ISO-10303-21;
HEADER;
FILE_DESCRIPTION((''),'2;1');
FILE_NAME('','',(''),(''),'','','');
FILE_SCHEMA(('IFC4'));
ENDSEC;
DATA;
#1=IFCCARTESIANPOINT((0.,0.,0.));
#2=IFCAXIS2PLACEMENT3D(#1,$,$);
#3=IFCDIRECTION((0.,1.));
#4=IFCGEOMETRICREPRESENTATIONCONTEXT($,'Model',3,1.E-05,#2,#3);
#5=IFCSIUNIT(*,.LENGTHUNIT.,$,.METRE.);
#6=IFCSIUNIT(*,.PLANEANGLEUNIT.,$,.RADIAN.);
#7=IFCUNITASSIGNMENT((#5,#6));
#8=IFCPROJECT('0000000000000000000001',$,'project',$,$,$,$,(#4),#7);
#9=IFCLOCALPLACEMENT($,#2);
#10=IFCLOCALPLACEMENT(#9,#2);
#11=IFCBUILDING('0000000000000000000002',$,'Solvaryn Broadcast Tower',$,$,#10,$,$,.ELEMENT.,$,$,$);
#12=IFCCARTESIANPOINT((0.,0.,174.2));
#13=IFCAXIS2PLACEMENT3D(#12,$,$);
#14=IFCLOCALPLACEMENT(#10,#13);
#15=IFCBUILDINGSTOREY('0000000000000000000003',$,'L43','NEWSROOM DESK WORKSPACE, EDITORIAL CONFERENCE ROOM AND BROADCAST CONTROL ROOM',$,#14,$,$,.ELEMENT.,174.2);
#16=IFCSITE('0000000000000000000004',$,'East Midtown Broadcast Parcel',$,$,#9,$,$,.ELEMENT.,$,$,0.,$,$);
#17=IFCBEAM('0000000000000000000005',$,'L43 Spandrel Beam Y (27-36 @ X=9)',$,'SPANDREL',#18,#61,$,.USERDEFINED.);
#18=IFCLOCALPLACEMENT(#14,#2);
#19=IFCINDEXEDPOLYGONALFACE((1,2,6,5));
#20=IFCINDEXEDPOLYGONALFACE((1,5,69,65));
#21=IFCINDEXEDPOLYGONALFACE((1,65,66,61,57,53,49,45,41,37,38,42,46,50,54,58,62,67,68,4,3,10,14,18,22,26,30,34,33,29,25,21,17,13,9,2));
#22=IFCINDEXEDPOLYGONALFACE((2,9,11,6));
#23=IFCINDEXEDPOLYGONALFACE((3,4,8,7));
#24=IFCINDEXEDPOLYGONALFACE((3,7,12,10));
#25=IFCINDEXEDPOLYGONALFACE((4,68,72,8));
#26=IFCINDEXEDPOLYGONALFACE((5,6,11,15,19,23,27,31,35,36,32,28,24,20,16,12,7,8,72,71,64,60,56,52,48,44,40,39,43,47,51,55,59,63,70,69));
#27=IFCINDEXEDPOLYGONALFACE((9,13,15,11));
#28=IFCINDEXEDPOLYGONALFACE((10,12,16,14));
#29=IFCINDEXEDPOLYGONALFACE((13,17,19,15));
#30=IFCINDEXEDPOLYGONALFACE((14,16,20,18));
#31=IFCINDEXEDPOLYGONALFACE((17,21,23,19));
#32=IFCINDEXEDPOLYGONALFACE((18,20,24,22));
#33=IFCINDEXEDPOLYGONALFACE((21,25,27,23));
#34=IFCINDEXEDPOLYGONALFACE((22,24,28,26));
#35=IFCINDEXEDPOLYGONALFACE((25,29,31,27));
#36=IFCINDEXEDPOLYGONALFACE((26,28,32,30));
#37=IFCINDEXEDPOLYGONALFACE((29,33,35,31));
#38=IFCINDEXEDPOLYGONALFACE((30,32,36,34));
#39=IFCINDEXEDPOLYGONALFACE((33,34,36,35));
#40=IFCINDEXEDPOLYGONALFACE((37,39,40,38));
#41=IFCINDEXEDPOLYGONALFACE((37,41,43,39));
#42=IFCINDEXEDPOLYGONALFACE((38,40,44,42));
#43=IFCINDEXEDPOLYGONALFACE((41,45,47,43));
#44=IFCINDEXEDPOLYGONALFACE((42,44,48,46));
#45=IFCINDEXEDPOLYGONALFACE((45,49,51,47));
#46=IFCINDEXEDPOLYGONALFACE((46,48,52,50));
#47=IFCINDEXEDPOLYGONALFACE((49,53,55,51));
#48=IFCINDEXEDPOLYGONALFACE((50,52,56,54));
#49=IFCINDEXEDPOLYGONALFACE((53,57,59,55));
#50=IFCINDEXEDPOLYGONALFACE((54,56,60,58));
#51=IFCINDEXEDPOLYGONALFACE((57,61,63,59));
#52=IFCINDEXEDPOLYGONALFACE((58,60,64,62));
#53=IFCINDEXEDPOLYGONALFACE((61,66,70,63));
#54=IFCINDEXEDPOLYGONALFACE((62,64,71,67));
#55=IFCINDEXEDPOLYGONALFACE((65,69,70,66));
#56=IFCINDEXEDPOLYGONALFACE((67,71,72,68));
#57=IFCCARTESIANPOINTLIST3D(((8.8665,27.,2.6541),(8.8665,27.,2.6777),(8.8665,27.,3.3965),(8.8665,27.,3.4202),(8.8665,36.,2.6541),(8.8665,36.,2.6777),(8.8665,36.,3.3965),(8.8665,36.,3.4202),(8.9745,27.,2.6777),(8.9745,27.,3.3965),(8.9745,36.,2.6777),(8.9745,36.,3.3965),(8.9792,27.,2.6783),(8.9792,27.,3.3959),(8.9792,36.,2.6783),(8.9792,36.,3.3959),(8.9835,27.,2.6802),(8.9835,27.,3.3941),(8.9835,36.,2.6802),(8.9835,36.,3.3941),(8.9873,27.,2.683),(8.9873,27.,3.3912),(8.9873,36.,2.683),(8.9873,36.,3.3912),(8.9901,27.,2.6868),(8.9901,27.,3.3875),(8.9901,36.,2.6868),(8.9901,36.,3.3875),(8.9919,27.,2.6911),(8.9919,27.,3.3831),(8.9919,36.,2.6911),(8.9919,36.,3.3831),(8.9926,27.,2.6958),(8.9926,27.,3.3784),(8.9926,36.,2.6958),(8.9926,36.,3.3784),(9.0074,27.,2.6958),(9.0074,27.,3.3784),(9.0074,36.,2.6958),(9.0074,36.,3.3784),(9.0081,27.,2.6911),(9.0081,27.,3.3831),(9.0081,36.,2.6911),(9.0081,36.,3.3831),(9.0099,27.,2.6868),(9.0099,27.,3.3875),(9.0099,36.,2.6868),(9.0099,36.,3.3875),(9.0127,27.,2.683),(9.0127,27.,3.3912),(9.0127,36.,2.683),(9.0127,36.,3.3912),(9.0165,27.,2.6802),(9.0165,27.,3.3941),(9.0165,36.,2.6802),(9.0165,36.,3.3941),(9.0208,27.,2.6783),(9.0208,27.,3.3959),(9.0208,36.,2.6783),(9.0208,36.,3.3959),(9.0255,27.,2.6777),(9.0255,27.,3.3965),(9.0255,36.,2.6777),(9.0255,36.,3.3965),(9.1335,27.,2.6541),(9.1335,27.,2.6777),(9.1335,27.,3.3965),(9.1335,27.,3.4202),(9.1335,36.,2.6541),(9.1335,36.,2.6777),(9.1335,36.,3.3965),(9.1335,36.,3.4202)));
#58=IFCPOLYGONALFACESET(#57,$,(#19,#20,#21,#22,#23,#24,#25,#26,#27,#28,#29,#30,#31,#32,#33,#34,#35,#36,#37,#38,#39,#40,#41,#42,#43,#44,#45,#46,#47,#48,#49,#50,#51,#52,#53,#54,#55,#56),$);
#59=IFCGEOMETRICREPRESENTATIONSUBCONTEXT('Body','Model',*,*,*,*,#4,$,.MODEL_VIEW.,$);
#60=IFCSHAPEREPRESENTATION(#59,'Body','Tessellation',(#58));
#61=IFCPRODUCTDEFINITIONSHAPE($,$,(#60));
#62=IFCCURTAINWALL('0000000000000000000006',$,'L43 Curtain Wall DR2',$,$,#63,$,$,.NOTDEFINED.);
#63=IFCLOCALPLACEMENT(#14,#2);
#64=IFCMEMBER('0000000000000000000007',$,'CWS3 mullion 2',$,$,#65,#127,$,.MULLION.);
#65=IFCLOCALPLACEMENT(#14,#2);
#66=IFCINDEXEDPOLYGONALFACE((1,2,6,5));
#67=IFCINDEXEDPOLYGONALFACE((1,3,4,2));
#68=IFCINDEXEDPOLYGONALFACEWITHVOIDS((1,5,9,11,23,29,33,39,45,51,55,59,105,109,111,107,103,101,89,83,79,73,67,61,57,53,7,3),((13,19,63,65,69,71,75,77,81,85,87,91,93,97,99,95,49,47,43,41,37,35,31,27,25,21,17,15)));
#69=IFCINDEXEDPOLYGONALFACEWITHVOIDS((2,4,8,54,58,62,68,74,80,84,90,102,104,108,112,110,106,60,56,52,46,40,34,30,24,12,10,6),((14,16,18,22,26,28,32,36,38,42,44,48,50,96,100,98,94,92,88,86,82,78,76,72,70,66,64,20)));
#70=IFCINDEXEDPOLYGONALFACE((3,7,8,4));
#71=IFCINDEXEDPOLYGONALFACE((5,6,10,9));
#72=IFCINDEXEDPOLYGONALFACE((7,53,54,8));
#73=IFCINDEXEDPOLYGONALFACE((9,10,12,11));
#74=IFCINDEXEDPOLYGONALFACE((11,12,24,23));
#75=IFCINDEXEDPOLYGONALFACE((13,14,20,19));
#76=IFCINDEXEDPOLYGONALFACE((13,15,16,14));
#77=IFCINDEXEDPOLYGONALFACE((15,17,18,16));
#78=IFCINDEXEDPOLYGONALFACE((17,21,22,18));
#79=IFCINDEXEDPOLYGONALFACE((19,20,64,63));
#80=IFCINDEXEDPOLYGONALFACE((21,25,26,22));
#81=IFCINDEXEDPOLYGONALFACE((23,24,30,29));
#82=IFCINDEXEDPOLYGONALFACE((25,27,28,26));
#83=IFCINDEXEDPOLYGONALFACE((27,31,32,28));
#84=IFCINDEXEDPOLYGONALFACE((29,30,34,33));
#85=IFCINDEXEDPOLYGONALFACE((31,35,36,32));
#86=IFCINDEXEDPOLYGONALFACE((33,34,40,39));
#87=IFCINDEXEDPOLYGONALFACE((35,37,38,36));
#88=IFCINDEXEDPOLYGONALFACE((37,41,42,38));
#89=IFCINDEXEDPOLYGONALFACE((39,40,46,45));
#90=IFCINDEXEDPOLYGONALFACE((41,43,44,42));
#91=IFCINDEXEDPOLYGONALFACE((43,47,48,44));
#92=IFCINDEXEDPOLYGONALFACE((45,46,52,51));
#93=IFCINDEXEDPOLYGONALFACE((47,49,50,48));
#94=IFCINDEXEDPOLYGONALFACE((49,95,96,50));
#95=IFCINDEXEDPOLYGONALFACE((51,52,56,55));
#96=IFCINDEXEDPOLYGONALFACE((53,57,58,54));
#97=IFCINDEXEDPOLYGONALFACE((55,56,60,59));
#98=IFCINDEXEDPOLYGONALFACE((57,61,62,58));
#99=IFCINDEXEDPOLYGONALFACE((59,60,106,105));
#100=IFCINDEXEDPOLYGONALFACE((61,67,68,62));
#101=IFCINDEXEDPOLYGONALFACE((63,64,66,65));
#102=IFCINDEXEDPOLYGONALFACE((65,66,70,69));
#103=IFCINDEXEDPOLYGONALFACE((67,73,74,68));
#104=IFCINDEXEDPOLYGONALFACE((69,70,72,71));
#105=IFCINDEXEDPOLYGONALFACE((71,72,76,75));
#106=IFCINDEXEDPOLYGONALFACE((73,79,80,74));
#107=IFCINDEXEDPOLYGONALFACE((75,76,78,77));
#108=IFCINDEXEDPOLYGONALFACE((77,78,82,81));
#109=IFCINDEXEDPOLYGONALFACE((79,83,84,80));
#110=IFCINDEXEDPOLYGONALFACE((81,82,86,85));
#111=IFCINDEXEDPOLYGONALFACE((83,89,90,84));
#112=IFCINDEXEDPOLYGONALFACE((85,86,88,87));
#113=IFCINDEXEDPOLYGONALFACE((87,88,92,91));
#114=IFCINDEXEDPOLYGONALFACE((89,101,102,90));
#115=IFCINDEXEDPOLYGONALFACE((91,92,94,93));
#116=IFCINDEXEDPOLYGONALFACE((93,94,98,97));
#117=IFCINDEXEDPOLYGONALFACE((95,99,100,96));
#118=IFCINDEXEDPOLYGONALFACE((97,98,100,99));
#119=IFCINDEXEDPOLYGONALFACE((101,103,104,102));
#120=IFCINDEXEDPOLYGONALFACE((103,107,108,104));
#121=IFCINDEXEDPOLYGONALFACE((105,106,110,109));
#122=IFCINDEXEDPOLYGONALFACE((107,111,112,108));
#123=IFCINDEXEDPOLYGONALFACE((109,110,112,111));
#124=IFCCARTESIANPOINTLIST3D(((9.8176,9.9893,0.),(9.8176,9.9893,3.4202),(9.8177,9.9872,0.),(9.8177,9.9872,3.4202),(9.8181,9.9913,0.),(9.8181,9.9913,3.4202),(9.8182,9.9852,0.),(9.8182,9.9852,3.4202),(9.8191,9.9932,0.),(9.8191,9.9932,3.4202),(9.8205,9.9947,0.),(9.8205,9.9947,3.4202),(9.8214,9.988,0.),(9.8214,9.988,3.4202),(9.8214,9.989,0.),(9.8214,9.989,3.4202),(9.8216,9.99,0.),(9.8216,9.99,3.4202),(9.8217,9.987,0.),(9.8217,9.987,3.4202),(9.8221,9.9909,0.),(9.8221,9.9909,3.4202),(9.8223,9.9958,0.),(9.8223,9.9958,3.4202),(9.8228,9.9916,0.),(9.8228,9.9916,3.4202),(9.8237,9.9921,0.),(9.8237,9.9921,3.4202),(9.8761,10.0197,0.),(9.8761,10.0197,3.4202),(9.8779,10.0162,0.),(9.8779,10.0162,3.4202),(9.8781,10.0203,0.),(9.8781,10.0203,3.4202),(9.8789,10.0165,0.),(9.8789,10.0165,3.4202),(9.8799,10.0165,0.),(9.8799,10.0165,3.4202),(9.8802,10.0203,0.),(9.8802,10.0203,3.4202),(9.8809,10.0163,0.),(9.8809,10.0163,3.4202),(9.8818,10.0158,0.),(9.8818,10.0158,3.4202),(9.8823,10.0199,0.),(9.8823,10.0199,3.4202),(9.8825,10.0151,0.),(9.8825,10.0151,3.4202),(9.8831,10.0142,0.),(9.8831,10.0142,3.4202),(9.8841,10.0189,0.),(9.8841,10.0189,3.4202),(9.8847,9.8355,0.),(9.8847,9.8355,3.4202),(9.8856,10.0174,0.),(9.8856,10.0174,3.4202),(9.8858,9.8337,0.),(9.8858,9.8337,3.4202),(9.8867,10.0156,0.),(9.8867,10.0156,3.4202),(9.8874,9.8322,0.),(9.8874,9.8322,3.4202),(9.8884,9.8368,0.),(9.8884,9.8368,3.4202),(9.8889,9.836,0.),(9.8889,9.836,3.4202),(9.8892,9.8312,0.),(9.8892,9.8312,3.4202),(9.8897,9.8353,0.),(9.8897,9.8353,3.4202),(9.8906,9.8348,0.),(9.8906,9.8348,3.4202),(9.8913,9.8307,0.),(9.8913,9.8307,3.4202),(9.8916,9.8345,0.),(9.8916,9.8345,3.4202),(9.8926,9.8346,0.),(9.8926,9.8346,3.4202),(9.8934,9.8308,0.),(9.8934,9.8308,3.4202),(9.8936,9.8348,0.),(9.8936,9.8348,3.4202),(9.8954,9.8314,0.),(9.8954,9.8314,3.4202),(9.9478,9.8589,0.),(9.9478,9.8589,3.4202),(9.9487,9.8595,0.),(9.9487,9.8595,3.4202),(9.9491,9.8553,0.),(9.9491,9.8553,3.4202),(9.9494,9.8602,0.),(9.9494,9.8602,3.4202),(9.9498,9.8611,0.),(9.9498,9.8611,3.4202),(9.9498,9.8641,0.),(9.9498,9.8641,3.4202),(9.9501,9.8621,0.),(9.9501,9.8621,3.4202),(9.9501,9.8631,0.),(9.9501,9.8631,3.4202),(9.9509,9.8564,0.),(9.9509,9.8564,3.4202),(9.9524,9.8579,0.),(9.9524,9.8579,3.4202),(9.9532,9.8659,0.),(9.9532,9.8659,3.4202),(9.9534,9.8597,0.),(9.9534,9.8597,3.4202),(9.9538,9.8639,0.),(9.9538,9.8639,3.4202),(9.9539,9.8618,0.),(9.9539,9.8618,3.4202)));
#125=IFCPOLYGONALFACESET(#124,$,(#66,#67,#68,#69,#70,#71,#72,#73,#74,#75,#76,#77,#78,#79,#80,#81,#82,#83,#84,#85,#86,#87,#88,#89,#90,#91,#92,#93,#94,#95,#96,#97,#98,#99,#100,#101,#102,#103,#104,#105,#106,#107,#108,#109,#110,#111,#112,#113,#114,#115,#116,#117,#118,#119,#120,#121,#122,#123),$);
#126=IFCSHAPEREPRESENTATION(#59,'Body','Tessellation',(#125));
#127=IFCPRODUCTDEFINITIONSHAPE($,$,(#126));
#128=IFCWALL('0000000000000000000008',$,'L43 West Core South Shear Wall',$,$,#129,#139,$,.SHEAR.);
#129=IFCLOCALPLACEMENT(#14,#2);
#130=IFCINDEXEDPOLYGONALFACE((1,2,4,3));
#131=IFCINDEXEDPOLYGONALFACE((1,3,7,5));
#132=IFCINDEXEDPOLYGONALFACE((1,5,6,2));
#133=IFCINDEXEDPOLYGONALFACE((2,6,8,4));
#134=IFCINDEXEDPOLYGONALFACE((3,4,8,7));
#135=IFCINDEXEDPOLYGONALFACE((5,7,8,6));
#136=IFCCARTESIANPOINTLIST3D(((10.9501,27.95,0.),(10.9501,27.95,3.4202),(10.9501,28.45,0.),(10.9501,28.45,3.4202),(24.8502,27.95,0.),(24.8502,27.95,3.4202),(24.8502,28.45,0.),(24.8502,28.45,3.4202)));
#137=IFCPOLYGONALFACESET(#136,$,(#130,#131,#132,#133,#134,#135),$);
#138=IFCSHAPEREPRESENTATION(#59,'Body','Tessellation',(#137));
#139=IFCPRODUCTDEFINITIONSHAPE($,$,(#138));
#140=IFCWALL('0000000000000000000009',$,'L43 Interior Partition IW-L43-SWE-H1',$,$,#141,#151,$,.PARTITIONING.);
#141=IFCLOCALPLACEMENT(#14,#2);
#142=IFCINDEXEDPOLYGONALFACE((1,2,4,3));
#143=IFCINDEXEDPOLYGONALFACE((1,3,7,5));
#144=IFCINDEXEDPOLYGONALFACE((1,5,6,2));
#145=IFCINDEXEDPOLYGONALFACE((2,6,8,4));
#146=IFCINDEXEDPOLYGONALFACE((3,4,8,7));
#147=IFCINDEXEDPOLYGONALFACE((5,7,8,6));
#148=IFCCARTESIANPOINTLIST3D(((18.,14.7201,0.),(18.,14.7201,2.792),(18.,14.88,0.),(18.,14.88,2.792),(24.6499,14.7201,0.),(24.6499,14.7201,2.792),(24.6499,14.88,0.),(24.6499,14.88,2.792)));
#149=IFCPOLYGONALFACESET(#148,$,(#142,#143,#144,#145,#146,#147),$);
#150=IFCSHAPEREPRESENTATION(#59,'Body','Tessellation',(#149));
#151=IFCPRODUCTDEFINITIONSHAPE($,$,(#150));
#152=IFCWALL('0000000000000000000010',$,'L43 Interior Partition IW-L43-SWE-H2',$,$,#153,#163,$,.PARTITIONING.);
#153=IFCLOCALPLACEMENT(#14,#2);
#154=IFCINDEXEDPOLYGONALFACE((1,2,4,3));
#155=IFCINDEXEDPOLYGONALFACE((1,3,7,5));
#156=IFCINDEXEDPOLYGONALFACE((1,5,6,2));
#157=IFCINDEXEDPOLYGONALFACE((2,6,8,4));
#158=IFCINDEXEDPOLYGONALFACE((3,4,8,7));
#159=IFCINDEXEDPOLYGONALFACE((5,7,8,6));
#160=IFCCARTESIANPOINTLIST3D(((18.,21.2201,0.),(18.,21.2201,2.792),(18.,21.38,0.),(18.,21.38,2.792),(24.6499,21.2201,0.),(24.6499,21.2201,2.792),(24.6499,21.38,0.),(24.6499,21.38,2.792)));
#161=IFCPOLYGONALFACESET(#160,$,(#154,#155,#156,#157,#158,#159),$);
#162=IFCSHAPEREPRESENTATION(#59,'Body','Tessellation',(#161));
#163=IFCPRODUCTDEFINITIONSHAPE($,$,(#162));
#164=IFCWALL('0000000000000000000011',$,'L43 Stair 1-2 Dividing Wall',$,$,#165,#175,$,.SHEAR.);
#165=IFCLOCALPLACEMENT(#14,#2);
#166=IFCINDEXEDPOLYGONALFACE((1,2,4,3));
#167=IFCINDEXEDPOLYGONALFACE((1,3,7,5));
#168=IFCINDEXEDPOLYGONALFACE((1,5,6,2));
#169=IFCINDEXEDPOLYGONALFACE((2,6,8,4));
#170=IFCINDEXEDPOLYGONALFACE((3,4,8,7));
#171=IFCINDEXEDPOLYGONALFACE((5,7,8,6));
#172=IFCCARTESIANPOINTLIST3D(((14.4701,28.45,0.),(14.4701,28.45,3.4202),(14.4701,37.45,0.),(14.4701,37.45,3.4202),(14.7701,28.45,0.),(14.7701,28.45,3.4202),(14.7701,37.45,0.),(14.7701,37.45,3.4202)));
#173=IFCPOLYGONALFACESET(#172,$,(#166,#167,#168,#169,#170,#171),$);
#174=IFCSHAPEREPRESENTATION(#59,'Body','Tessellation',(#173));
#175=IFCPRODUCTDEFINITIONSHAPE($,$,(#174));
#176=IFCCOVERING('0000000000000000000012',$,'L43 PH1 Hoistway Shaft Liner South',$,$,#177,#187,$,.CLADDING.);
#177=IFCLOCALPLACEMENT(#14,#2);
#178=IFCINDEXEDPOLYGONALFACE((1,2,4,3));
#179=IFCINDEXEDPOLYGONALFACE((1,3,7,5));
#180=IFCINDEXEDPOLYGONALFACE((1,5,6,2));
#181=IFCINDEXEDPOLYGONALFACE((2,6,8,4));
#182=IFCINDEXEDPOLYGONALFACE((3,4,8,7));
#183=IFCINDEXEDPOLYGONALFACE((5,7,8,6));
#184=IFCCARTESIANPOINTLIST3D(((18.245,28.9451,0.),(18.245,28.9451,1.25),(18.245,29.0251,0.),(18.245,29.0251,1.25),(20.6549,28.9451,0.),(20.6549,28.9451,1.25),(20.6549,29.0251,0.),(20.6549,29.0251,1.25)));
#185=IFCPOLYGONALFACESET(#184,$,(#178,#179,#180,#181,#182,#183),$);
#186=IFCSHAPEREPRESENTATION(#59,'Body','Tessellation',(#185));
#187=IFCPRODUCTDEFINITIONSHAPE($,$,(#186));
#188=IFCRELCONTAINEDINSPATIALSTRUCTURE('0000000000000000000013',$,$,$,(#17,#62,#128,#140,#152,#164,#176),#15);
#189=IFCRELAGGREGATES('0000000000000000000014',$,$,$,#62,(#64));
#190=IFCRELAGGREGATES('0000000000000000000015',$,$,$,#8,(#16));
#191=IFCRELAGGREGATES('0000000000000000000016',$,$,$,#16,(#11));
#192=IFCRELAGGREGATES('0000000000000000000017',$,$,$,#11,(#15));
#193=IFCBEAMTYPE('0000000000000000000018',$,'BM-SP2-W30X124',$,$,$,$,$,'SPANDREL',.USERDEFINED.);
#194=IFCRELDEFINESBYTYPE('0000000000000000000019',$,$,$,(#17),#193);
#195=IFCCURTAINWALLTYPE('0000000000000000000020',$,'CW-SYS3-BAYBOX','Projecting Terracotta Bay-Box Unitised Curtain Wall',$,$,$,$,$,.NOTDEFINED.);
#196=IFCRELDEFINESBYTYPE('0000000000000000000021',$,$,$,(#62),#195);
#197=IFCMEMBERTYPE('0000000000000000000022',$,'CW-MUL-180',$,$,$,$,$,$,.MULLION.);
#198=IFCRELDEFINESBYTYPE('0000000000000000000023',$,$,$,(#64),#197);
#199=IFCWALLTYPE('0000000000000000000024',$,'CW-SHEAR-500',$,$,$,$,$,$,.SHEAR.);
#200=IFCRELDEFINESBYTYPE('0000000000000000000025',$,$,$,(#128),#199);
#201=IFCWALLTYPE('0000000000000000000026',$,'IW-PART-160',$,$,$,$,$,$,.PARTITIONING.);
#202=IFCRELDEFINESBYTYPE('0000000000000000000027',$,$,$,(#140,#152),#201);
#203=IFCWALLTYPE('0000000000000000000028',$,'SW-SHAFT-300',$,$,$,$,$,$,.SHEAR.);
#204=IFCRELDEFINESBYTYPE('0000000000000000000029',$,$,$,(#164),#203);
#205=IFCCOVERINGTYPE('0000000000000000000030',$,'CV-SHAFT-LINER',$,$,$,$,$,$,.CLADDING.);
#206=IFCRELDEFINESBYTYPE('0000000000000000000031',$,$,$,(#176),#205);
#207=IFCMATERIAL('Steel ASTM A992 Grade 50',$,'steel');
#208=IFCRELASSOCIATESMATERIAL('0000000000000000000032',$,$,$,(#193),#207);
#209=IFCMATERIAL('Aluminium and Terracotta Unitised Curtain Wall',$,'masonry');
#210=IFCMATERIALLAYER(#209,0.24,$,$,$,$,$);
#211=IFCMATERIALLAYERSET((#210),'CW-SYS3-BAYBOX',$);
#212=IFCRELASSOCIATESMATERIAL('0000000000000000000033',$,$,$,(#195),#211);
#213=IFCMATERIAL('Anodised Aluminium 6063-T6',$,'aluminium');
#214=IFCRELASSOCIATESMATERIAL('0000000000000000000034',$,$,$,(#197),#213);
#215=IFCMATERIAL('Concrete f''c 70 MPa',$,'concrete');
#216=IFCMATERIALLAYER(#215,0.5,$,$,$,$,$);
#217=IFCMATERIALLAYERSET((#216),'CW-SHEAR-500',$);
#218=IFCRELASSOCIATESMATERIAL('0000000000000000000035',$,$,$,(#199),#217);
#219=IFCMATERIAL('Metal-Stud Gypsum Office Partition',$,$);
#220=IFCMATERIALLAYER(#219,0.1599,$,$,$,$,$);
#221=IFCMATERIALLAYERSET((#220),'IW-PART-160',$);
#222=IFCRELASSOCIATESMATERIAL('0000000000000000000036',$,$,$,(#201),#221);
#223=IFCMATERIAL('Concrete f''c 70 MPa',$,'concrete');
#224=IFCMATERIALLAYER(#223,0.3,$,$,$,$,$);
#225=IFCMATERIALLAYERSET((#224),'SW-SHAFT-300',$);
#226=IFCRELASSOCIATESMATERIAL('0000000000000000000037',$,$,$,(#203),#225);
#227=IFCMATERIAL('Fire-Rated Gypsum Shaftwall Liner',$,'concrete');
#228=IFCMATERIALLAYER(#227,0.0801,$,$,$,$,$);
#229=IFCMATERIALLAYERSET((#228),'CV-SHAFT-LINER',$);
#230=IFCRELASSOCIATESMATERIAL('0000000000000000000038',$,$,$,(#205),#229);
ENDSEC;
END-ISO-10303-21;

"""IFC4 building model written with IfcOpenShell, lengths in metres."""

from ifc_helpers import new_model, si_unit, direction, frame, frame_2d, origin, origin_2d, place, context, subcontext, project, spatial, rectangle, hollow_rectangle, i_section, extrude, material, layer, layer_set, material_profile, profile_set, type_object, element, aggregate, save


model = new_model("IFC4")

# Units and contexts
model_context = context("Model", 3, precision=1e-05, world=origin(), true_north=direction((0.0, 1.0)))
body_context = subcontext(model_context, "Body", "Model", "MODEL_VIEW")
ifc_project = project(units=[si_unit("LENGTHUNIT", "METRE"), si_unit("PLANEANGLEUNIT", "RADIAN")], contexts=[model_context])

# Site, building, storey
site_placement = place(None, origin())
site = spatial("IfcSite", under=ifc_project, at=site_placement, Name="East Midtown Broadcast Parcel", CompositionType="ELEMENT", RefElevation=0.0)
building_placement = place(site_placement, origin())
building = spatial("IfcBuilding", under=site, at=building_placement, Name="Solvaryn Broadcast Tower", CompositionType="ELEMENT")
storey_placement = place(building_placement, frame((0.0, 0.0, 174.2)))
storey = spatial("IfcBuildingStorey", under=building, at=storey_placement, Name="L43", Description="NEWSROOM DESK WORKSPACE, EDITORIAL CONFERENCE ROOM AND BROADCAST CONTROL ROOM", CompositionType="ELEMENT", Elevation=174.2)

# Beam
ifc_material_1 = material(Name="Steel ASTM A992 Grade 50", Category="steel")
ifc_material_profile_1 = material_profile(ifc_material_1, i_section(OverallWidth=0.2671, OverallDepth=0.7661, WebThickness=0.0149, FlangeThickness=0.0237, FilletRadius=0.0181, at=origin_2d()))
ifc_profile_set_1 = profile_set([ifc_material_profile_1], Name="Steel ASTM A992 Grade 50")
beam_type_1 = type_object("IfcBeamType", Name="BM-SP2-W30X124", ElementType="SPANDREL", PredefinedType="USERDEFINED", material=ifc_profile_set_1)
beam_1_placement = place(storey_placement, frame((9.0, 27.0, 3.0371), z_axis=(0.0, 1.0, 0.0), x_axis=(-1.0, 0.0, 0.0)))
element("IfcBeam", 1, at=beam_1_placement, inside=storey, type_object=beam_type_1, Name="L43 Spandrel Beam Y (27-36 @ X=9)", ObjectType="SPANDREL", PredefinedType="USERDEFINED", context=body_context, shape_type="SweptSolid", body=[
    extrude(i_section(OverallWidth=0.2671, OverallDepth=0.7661, WebThickness=0.0149, FlangeThickness=0.0237, FilletRadius=0.0181, at=origin_2d()), origin(), (0.0, 0.0, 1.0), 9.0),
])

# Curtain wall, member
ifc_material_2 = material(Name="Aluminium and Terracotta Unitised Curtain Wall", Category="masonry")
ifc_layer_1 = layer(ifc_material_2, 0.24)
ifc_layer_set_1 = layer_set([ifc_layer_1], Name="CW-SYS3-BAYBOX")
curtain_wall_type = type_object("IfcCurtainWallType", Name="CW-SYS3-BAYBOX", Description="Projecting Terracotta Bay-Box Unitised Curtain Wall", PredefinedType="NOTDEFINED", material=ifc_layer_set_1)
curtain_wall_placement = place(storey_placement, origin())
curtain_wall = element("IfcCurtainWall", 2, at=curtain_wall_placement, inside=storey, type_object=curtain_wall_type, Name="L43 Curtain Wall DR2", PredefinedType="NOTDEFINED")
ifc_material_3 = material(Name="Anodised Aluminium 6063-T6", Category="aluminium")
ifc_material_profile_2 = material_profile(ifc_material_3, hollow_rectangle(XDim=0.075, YDim=0.1799, WallThickness=0.0039, InnerFilletRadius=0.0039, OuterFilletRadius=0.0081, at=origin_2d()))
ifc_profile_set_2 = profile_set([ifc_material_profile_2], Name="Anodised Aluminium 6063-T6")
member_type = type_object("IfcMemberType", Name="CW-MUL-180", PredefinedType="MULLION", material=ifc_profile_set_2)
member_placement = place(storey_placement, frame((9.8857, 9.9255, 0.0), z_axis=(0.0, 0.0, 1.0), x_axis=(0.913917, 0.405901, 0.0)))
member = element("IfcMember", 3, at=member_placement, type_object=member_type, Name="CWS3 mullion 2", PredefinedType="MULLION", context=body_context, shape_type="SweptSolid", body=[
    extrude(hollow_rectangle(XDim=0.075, YDim=0.1799, WallThickness=0.0039, InnerFilletRadius=0.0039, OuterFilletRadius=0.0081, at=origin_2d()), origin(), (0.0, 0.0, 1.0), 3.4202),
])
aggregate(curtain_wall, [member])

# Wall
ifc_material_4 = material(Name="Concrete f'c 70 MPa", Category="concrete")
ifc_layer_2 = layer(ifc_material_4, 0.5)
ifc_layer_set_2 = layer_set([ifc_layer_2], Name="CW-SHEAR-500")
wall_type_1 = type_object("IfcWallType", Name="CW-SHEAR-500", PredefinedType="SHEAR", material=ifc_layer_set_2)
wall_1_placement = place(storey_placement, frame((10.95, 28.2, 0.0), z_axis=(0.0, 0.0, 1.0), x_axis=(1.0, 0.0, 0.0)))
element("IfcWall", 4, at=wall_1_placement, inside=storey, type_object=wall_type_1, Name="L43 West Core South Shear Wall", PredefinedType="SHEAR", context=body_context, shape_type="SweptSolid", body=[
    extrude(rectangle(XDim=13.9001, YDim=0.5, at=frame_2d((6.9502, 0.0))), origin(), (0.0, 0.0, 1.0), 3.4202),
])

# Shared definitions
ifc_material_5 = material(Name="Metal-Stud Gypsum Office Partition")
ifc_layer_3 = layer(ifc_material_5, 0.1599)
ifc_layer_set_3 = layer_set([ifc_layer_3], Name="IW-PART-160")
wall_type_2 = type_object("IfcWallType", Name="IW-PART-160", PredefinedType="PARTITIONING", material=ifc_layer_set_3)

# Walls
for number, where, z_axis, x_axis, name in (
    (5, (18.0, 14.8, 0.0), (0.0, 0.0, 1.0), (1.0, 0.0, 0.0), "L43 Interior Partition IW-L43-SWE-H1"),
    (6, (18.0, 21.3, 0.0), (0.0, 0.0, 1.0), (1.0, 0.0, 0.0), "L43 Interior Partition IW-L43-SWE-H2"),
):
    element("IfcWall", number, at=place(storey_placement, frame(where, z_axis=z_axis, x_axis=x_axis)), inside=storey, type_object=wall_type_2, Name=name, PredefinedType="PARTITIONING", context=body_context, shape_type="SweptSolid", body=[
        extrude(rectangle(XDim=6.6499, YDim=0.1599, at=frame_2d((3.325, 0.0))), origin(), (0.0, 0.0, 1.0), 2.792),
    ])
ifc_material_6 = material(Name="Concrete f'c 70 MPa", Category="concrete")
ifc_layer_4 = layer(ifc_material_6, 0.3)
ifc_layer_set_4 = layer_set([ifc_layer_4], Name="SW-SHAFT-300")
wall_type_3 = type_object("IfcWallType", Name="SW-SHAFT-300", PredefinedType="SHEAR", material=ifc_layer_set_4)
wall_2_placement = place(storey_placement, frame((14.6201, 28.45, 0.0), z_axis=(0.0, 0.0, 1.0), x_axis=(0.0, 1.0, 0.0)))
element("IfcWall", 7, at=wall_2_placement, inside=storey, type_object=wall_type_3, Name="L43 Stair 1-2 Dividing Wall", PredefinedType="SHEAR", context=body_context, shape_type="SweptSolid", body=[
    extrude(rectangle(XDim=9.0, YDim=0.3, at=frame_2d((4.5, 0.0))), origin(), (0.0, 0.0, 1.0), 3.4202),
])

# Covering
ifc_material_7 = material(Name="Fire-Rated Gypsum Shaftwall Liner", Category="concrete")
ifc_layer_5 = layer(ifc_material_7, 0.0801)
ifc_layer_set_5 = layer_set([ifc_layer_5], Name="CV-SHAFT-LINER")
covering_type = type_object("IfcCoveringType", Name="CV-SHAFT-LINER", PredefinedType="CLADDING", material=ifc_layer_set_5)
for number, where, z_axis, x_axis, name in (
    (8, (19.45, 28.9851, 0.0), (0.0, 0.0, 1.0), (1.0, 0.0, 0.0), "L43 PH1 Hoistway Shaft Liner South"),
):
    element("IfcCovering", number, at=place(storey_placement, frame(where, z_axis=z_axis, x_axis=x_axis)), inside=storey, type_object=covering_type, Name=name, PredefinedType="CLADDING", context=body_context, shape_type="SweptSolid", body=[
        extrude(rectangle(XDim=2.4099, YDim=0.0801, at=origin_2d()), origin(), (0.0, 0.0, 1.0), 1.25),
    ])

save(model, "model.ifc")
